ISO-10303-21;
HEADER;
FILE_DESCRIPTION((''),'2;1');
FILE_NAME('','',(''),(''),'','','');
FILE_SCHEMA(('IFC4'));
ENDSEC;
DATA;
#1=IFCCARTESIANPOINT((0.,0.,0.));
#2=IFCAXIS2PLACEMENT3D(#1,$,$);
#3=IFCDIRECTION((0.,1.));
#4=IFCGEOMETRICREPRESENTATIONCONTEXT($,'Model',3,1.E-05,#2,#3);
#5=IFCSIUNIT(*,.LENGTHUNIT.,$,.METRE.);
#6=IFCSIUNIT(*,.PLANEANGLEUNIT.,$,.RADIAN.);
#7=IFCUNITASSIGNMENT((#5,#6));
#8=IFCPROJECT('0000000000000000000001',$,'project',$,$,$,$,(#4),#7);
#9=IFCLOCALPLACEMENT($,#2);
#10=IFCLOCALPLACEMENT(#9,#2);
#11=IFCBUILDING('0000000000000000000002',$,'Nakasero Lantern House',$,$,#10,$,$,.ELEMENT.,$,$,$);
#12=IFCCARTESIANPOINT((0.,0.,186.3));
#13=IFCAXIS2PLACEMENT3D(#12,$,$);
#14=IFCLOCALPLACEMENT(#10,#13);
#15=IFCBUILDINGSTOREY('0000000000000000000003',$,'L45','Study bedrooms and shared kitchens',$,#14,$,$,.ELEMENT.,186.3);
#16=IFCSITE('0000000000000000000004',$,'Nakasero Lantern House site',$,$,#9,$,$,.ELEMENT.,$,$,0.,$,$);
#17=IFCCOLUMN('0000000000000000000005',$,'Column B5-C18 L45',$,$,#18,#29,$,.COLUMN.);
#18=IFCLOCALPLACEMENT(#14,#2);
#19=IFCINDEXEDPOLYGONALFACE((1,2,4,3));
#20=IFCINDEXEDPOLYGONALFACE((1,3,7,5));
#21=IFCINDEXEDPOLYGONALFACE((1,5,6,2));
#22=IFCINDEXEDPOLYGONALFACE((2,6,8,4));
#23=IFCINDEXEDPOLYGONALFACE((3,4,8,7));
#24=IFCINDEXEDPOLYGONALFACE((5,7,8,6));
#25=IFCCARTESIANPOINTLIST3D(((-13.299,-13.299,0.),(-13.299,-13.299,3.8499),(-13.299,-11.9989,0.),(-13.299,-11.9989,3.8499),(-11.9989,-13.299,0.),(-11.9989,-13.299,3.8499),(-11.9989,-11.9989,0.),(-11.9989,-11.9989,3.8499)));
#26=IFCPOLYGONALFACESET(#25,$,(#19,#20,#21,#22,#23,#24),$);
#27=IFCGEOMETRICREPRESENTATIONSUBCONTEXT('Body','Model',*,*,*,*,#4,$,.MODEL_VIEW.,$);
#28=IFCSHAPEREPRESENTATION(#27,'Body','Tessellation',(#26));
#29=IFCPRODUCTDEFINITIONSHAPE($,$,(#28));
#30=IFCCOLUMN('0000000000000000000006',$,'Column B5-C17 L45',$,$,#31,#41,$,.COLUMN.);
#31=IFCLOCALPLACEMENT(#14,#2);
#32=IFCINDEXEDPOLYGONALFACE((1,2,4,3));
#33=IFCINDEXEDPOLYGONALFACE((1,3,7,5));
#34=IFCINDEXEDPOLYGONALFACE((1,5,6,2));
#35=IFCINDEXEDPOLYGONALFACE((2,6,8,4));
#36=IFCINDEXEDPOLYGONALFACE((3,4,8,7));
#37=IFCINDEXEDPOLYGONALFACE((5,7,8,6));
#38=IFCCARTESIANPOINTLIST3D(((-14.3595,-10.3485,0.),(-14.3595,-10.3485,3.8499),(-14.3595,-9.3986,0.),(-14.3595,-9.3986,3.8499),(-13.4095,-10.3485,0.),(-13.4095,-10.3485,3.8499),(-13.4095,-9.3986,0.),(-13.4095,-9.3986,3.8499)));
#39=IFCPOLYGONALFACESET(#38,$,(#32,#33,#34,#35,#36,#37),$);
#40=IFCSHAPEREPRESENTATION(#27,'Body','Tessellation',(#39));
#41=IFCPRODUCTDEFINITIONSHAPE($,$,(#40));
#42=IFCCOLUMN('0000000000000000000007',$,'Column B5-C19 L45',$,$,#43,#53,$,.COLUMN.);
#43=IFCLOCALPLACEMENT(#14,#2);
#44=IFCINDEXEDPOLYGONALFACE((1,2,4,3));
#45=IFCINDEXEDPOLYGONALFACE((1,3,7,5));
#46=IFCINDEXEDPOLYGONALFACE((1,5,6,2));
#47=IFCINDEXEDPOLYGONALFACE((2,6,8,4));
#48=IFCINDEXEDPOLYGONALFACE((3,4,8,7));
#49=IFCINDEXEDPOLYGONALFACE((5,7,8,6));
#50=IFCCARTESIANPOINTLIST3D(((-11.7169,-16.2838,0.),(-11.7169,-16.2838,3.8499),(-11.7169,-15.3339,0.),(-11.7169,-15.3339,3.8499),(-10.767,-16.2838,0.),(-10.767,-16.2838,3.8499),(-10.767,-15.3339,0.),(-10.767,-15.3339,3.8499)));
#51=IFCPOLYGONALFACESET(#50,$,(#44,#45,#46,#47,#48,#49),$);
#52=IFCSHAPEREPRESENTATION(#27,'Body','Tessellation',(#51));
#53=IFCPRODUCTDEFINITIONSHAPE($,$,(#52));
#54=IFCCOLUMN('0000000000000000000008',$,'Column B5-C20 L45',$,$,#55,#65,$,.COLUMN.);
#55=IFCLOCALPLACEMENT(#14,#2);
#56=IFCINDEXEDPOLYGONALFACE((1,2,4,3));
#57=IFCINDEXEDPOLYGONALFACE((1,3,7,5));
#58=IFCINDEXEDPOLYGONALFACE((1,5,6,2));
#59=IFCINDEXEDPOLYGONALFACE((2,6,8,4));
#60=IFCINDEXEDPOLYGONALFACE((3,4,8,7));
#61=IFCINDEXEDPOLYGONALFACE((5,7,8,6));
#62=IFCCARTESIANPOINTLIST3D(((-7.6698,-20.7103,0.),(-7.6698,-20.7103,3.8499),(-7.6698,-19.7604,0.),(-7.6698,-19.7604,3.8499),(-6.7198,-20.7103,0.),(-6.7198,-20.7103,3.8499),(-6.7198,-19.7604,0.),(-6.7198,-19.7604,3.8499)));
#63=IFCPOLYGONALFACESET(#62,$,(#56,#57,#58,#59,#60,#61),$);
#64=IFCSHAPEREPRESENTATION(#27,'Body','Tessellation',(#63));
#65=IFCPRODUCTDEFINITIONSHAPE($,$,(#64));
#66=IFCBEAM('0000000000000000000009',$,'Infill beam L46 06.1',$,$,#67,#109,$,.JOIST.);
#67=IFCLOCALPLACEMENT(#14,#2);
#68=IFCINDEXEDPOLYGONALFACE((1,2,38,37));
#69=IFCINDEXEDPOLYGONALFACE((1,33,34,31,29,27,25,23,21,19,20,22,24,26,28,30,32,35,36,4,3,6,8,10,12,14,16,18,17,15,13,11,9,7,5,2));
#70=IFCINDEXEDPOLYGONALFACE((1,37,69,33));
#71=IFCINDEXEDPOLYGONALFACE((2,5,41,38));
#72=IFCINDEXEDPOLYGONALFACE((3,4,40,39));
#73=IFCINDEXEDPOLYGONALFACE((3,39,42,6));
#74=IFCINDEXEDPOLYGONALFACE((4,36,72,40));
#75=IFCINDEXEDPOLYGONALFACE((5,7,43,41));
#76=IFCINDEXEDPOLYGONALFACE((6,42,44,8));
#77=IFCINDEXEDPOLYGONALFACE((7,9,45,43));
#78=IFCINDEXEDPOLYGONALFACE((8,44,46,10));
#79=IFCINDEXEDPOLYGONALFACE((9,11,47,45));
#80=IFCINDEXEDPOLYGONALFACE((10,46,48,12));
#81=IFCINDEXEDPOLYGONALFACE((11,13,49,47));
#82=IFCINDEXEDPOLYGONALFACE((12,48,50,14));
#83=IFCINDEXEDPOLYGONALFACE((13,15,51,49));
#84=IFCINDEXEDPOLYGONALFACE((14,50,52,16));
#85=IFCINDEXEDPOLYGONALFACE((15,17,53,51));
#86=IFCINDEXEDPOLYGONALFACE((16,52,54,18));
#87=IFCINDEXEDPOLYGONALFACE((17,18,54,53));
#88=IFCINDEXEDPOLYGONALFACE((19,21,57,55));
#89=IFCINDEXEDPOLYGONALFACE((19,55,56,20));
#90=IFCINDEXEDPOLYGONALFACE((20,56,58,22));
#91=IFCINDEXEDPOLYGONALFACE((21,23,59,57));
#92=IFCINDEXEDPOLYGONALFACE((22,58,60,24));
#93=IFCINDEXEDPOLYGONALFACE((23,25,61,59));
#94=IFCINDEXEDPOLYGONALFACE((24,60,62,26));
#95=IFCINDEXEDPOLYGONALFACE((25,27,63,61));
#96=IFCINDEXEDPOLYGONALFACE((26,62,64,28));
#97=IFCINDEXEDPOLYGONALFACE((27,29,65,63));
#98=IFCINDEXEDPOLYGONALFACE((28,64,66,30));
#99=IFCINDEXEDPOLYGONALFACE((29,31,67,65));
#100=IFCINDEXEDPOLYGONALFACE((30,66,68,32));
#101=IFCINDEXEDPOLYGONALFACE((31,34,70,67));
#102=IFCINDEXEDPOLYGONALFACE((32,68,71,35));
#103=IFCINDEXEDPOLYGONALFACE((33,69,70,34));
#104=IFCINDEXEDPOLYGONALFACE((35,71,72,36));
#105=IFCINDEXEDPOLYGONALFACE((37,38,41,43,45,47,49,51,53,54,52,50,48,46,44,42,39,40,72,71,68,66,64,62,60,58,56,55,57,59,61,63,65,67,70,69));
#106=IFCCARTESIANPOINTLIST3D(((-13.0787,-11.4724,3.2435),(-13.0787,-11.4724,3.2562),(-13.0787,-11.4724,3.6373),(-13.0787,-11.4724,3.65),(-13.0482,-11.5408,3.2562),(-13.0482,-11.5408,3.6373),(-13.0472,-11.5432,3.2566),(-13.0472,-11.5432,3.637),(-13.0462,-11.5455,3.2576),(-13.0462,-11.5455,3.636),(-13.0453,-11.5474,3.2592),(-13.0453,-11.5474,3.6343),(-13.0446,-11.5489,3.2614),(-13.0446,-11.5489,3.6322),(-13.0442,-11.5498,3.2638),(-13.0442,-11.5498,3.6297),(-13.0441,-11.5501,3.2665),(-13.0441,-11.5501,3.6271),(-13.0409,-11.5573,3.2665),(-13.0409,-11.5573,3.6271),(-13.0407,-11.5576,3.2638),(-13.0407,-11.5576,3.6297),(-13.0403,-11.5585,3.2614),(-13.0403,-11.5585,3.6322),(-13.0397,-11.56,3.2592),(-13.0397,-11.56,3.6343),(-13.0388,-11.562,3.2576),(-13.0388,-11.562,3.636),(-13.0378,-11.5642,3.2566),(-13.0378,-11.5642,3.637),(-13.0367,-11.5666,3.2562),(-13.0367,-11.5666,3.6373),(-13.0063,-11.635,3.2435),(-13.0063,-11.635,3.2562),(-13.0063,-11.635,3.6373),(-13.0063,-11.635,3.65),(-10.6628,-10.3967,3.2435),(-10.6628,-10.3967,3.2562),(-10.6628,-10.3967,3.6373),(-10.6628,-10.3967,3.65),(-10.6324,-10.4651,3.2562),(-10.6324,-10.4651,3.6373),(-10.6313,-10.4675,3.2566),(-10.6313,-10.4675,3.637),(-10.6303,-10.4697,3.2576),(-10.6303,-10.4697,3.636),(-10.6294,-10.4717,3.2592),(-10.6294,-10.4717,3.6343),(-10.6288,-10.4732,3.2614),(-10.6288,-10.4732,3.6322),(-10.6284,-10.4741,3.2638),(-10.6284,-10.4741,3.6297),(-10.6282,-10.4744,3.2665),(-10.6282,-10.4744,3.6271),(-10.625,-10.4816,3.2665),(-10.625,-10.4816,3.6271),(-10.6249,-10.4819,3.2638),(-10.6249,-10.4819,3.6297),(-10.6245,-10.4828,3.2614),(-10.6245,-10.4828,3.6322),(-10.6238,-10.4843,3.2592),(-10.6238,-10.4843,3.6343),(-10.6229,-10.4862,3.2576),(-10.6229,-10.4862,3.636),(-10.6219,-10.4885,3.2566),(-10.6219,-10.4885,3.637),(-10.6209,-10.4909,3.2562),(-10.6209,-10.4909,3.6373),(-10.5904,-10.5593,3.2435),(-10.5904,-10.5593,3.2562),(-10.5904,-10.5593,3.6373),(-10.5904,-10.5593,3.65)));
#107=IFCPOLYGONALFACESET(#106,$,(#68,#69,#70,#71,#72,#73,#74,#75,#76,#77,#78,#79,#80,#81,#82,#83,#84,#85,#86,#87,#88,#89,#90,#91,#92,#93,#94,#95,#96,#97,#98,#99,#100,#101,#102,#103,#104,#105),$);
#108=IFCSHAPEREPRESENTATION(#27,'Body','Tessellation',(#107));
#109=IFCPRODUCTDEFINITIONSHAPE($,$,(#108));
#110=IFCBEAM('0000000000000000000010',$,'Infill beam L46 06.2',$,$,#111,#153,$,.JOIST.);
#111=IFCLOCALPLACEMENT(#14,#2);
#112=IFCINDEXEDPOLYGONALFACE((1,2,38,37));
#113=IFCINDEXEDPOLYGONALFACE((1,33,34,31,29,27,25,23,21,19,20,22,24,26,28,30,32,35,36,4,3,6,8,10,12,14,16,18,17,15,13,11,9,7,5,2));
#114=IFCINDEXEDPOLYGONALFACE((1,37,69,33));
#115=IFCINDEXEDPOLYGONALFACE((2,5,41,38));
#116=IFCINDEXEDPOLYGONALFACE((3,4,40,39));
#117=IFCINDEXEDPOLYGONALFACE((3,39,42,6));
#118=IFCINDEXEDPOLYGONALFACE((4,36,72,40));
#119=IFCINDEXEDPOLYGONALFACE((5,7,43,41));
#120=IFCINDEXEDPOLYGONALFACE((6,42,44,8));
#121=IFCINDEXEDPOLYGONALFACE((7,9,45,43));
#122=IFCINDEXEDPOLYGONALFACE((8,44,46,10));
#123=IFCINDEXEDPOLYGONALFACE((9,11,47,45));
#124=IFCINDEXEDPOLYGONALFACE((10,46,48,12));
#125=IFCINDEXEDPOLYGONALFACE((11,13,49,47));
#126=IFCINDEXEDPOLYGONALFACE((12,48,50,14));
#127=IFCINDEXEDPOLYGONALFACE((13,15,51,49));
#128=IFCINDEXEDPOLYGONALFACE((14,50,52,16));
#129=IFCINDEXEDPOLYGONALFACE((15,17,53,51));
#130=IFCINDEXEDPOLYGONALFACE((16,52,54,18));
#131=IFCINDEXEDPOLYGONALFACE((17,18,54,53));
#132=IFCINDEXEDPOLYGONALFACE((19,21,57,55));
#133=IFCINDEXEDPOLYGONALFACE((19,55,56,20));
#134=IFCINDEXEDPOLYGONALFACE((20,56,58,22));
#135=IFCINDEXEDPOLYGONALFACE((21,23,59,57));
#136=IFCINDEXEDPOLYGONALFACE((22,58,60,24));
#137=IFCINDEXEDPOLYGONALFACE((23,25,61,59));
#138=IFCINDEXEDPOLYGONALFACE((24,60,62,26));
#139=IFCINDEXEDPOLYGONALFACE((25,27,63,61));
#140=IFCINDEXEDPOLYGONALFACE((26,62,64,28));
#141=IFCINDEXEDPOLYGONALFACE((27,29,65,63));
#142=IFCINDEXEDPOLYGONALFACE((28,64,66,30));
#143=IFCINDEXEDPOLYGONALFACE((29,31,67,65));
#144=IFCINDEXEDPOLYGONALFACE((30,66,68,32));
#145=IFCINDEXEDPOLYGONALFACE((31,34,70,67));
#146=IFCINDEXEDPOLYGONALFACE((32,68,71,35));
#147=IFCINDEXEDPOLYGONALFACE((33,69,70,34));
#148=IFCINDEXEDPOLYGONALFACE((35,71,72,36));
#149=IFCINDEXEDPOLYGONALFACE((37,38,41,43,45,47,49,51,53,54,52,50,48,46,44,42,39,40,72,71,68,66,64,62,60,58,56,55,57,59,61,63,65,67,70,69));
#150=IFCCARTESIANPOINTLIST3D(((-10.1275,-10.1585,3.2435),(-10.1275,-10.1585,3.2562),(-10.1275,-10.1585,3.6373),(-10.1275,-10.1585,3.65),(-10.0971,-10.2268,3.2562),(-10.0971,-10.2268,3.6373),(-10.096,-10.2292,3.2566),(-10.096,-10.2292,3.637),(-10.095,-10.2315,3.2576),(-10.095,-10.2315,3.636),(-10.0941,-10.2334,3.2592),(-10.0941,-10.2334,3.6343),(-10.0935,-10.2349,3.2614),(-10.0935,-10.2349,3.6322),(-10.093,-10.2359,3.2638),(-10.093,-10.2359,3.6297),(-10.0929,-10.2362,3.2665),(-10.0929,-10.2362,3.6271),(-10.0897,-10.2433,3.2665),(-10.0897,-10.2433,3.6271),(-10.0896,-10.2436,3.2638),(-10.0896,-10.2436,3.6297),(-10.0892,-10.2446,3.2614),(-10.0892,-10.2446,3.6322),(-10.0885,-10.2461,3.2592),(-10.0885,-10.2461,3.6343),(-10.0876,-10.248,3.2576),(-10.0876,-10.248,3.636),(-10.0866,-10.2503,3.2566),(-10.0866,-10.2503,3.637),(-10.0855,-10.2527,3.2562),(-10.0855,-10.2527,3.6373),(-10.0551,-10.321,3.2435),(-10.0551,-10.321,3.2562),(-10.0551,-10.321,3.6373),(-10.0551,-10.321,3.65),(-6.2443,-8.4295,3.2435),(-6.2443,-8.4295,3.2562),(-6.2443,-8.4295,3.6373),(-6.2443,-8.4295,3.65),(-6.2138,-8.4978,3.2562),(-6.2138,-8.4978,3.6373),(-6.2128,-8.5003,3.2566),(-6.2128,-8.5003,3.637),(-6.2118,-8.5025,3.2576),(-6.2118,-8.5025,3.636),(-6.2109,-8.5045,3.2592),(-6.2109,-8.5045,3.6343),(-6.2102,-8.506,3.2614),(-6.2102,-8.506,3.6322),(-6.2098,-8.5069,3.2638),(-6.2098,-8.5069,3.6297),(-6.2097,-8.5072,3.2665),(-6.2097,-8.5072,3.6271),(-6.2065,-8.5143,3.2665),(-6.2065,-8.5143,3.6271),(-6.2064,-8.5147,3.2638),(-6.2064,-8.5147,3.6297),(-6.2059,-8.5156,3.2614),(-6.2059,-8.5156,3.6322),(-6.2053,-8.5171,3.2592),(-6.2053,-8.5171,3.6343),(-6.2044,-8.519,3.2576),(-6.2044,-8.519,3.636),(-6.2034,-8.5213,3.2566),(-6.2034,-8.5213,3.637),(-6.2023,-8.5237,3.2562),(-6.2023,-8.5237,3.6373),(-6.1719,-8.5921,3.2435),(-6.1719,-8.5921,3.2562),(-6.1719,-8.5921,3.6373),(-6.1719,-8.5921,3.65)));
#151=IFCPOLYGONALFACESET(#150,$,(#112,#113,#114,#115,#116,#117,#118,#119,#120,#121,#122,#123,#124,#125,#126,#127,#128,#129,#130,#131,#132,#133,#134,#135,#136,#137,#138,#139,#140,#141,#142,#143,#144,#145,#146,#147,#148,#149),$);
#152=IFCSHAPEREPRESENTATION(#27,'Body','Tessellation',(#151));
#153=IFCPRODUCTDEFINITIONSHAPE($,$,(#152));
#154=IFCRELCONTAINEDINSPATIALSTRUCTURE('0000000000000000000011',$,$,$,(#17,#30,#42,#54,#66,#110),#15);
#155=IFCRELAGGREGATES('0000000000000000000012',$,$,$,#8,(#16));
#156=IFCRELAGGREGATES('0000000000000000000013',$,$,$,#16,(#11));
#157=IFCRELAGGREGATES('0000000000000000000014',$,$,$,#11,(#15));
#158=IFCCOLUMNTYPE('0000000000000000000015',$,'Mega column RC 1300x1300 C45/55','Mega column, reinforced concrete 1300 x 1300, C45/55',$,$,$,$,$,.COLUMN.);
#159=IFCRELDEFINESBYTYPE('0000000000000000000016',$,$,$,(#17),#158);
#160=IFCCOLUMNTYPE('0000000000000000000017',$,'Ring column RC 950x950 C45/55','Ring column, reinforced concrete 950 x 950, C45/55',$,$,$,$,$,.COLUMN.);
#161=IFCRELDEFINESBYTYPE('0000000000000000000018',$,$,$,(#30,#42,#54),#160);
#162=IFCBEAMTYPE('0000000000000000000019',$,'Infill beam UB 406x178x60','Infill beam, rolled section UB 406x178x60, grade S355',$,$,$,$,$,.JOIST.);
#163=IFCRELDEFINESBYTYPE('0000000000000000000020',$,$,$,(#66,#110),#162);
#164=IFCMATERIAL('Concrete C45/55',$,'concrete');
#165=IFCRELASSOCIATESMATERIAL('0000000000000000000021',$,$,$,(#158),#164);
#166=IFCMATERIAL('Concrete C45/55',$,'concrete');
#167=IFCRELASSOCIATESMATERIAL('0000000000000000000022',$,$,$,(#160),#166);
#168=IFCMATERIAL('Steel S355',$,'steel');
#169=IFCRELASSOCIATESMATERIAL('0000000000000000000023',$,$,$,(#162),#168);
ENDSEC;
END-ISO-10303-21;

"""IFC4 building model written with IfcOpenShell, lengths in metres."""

from ifc_helpers import new_model, si_unit, direction, frame, origin, origin_2d, place, context, subcontext, project, spatial, rectangle, i_section, extrude, material, material_profile, profile_set, type_object, element, save


model = new_model("IFC4")

# Units and contexts
model_context = context("Model", 3, precision=1e-05, world=origin(), true_north=direction((0.0, 1.0)))
body_context = subcontext(model_context, "Body", "Model", "MODEL_VIEW")
ifc_project = project(units=[si_unit("LENGTHUNIT", "METRE"), si_unit("PLANEANGLEUNIT", "RADIAN")], contexts=[model_context])

# Site, building, storey
site_placement = place(None, origin())
site = spatial("IfcSite", under=ifc_project, at=site_placement, Name="Nakasero Lantern House site", CompositionType="ELEMENT", RefElevation=0.0)
building_placement = place(site_placement, origin())
building = spatial("IfcBuilding", under=site, at=building_placement, Name="Nakasero Lantern House", CompositionType="ELEMENT")
storey_placement = place(building_placement, frame((0.0, 0.0, 186.3)))
storey = spatial("IfcBuildingStorey", under=building, at=storey_placement, Name="L45", Description="Study bedrooms and shared kitchens", CompositionType="ELEMENT", Elevation=186.3)

# Columns
ifc_material_1 = material(Name="Concrete C45/55", Category="concrete")
ifc_material_profile_1 = material_profile(ifc_material_1, rectangle(XDim=1.3, YDim=1.3, at=origin_2d()), Name="RC 1300x1300")
ifc_profile_set_1 = profile_set([ifc_material_profile_1], Name="Concrete C45/55")
column_type_1 = type_object("IfcColumnType", Name="Mega column RC 1300x1300 C45/55", Description="Mega column, reinforced concrete 1300 x 1300, C45/55", PredefinedType="COLUMN", material=ifc_profile_set_1)
column_placement = place(storey_placement, frame((-12.6489, -12.6489, 0.0), z_axis=(0.0, 0.0, 1.0), x_axis=(1.0, 0.0, 0.0)))
element("IfcColumn", 1, at=column_placement, inside=storey, type_object=column_type_1, Name="Column B5-C18 L45", PredefinedType="COLUMN", context=body_context, shape_type="SweptSolid", body=[
    extrude(rectangle(XDim=1.3, YDim=1.3, at=origin_2d()), origin(), (0.0, 0.0, 1.0), 3.8499),
])
ifc_material_2 = material(Name="Concrete C45/55", Category="concrete")
ifc_material_profile_2 = material_profile(ifc_material_2, rectangle(XDim=0.95, YDim=0.95, at=origin_2d()), Name="RC 950x950")
ifc_profile_set_2 = profile_set([ifc_material_profile_2], Name="Concrete C45/55")
column_type_2 = type_object("IfcColumnType", Name="Ring column RC 950x950 C45/55", Description="Ring column, reinforced concrete 950 x 950, C45/55", PredefinedType="COLUMN", material=ifc_profile_set_2)
for number, where, z_axis, x_axis, name in (
    (2, (-13.8845, -9.8735, 0.0), (0.0, 0.0, 1.0), (1.0, 0.0, 0.0), "Column B5-C17 L45"),
    (3, (-11.2419, -15.8088, 0.0), (0.0, 0.0, 1.0), (1.0, 0.0, 0.0), "Column B5-C19 L45"),
    (4, (-7.1948, -20.2354, 0.0), (0.0, 0.0, 1.0), (1.0, 0.0, 0.0), "Column B5-C20 L45"),
):
    element("IfcColumn", number, at=place(storey_placement, frame(where, z_axis=z_axis, x_axis=x_axis)), inside=storey, type_object=column_type_2, Name=name, PredefinedType="COLUMN", context=body_context, shape_type="SweptSolid", body=[
        extrude(rectangle(XDim=0.95, YDim=0.95, at=origin_2d()), origin(), (0.0, 0.0, 1.0), 3.8499),
    ])

# Beams
ifc_material_3 = material(Name="Steel S355", Category="steel")
ifc_material_profile_3 = material_profile(ifc_material_3, i_section(OverallWidth=0.178, OverallDepth=0.4065, WebThickness=0.0078, FlangeThickness=0.0127, FilletRadius=0.0103, at=origin_2d()), Name="UB 406x178x60")
ifc_profile_set_3 = profile_set([ifc_material_profile_3], Name="Steel S355")
beam_type_1 = type_object("IfcBeamType", Name="Infill beam UB 406x178x60", Description="Infill beam, rolled section UB 406x178x60, grade S355", PredefinedType="JOIST", material=ifc_profile_set_3)
beam_1_placement = place(storey_placement, frame((-13.0425, -11.5537, 3.4468), z_axis=(0.91353, 0.406772, 0.0), x_axis=(-0.406772, 0.91353, 0.0)))
element("IfcBeam", 5, at=beam_1_placement, inside=storey, type_object=beam_type_1, Name="Infill beam L46 06.1", PredefinedType="JOIST", context=body_context, shape_type="SweptSolid", body=[
    extrude(i_section(OverallWidth=0.178, OverallDepth=0.4065, WebThickness=0.0078, FlangeThickness=0.0127, FilletRadius=0.0103, at=origin_2d()), origin(), (0.0, 0.0, 1.0), 2.6445),
])
beam_2_placement = place(storey_placement, frame((-10.0913, -10.2397, 3.4468), z_axis=(0.913541, 0.406746, 0.0), x_axis=(-0.406746, 0.913541, 0.0)))
element("IfcBeam", 6, at=beam_2_placement, inside=storey, type_object=beam_type_1, Name="Infill beam L46 06.2", PredefinedType="JOIST", context=body_context, shape_type="SweptSolid", body=[
    extrude(i_section(OverallWidth=0.178, OverallDepth=0.4065, WebThickness=0.0078, FlangeThickness=0.0127, FilletRadius=0.0103, at=origin_2d()), origin(), (0.0, 0.0, 1.0), 4.2507),
])

save(model, "model.ifc")
